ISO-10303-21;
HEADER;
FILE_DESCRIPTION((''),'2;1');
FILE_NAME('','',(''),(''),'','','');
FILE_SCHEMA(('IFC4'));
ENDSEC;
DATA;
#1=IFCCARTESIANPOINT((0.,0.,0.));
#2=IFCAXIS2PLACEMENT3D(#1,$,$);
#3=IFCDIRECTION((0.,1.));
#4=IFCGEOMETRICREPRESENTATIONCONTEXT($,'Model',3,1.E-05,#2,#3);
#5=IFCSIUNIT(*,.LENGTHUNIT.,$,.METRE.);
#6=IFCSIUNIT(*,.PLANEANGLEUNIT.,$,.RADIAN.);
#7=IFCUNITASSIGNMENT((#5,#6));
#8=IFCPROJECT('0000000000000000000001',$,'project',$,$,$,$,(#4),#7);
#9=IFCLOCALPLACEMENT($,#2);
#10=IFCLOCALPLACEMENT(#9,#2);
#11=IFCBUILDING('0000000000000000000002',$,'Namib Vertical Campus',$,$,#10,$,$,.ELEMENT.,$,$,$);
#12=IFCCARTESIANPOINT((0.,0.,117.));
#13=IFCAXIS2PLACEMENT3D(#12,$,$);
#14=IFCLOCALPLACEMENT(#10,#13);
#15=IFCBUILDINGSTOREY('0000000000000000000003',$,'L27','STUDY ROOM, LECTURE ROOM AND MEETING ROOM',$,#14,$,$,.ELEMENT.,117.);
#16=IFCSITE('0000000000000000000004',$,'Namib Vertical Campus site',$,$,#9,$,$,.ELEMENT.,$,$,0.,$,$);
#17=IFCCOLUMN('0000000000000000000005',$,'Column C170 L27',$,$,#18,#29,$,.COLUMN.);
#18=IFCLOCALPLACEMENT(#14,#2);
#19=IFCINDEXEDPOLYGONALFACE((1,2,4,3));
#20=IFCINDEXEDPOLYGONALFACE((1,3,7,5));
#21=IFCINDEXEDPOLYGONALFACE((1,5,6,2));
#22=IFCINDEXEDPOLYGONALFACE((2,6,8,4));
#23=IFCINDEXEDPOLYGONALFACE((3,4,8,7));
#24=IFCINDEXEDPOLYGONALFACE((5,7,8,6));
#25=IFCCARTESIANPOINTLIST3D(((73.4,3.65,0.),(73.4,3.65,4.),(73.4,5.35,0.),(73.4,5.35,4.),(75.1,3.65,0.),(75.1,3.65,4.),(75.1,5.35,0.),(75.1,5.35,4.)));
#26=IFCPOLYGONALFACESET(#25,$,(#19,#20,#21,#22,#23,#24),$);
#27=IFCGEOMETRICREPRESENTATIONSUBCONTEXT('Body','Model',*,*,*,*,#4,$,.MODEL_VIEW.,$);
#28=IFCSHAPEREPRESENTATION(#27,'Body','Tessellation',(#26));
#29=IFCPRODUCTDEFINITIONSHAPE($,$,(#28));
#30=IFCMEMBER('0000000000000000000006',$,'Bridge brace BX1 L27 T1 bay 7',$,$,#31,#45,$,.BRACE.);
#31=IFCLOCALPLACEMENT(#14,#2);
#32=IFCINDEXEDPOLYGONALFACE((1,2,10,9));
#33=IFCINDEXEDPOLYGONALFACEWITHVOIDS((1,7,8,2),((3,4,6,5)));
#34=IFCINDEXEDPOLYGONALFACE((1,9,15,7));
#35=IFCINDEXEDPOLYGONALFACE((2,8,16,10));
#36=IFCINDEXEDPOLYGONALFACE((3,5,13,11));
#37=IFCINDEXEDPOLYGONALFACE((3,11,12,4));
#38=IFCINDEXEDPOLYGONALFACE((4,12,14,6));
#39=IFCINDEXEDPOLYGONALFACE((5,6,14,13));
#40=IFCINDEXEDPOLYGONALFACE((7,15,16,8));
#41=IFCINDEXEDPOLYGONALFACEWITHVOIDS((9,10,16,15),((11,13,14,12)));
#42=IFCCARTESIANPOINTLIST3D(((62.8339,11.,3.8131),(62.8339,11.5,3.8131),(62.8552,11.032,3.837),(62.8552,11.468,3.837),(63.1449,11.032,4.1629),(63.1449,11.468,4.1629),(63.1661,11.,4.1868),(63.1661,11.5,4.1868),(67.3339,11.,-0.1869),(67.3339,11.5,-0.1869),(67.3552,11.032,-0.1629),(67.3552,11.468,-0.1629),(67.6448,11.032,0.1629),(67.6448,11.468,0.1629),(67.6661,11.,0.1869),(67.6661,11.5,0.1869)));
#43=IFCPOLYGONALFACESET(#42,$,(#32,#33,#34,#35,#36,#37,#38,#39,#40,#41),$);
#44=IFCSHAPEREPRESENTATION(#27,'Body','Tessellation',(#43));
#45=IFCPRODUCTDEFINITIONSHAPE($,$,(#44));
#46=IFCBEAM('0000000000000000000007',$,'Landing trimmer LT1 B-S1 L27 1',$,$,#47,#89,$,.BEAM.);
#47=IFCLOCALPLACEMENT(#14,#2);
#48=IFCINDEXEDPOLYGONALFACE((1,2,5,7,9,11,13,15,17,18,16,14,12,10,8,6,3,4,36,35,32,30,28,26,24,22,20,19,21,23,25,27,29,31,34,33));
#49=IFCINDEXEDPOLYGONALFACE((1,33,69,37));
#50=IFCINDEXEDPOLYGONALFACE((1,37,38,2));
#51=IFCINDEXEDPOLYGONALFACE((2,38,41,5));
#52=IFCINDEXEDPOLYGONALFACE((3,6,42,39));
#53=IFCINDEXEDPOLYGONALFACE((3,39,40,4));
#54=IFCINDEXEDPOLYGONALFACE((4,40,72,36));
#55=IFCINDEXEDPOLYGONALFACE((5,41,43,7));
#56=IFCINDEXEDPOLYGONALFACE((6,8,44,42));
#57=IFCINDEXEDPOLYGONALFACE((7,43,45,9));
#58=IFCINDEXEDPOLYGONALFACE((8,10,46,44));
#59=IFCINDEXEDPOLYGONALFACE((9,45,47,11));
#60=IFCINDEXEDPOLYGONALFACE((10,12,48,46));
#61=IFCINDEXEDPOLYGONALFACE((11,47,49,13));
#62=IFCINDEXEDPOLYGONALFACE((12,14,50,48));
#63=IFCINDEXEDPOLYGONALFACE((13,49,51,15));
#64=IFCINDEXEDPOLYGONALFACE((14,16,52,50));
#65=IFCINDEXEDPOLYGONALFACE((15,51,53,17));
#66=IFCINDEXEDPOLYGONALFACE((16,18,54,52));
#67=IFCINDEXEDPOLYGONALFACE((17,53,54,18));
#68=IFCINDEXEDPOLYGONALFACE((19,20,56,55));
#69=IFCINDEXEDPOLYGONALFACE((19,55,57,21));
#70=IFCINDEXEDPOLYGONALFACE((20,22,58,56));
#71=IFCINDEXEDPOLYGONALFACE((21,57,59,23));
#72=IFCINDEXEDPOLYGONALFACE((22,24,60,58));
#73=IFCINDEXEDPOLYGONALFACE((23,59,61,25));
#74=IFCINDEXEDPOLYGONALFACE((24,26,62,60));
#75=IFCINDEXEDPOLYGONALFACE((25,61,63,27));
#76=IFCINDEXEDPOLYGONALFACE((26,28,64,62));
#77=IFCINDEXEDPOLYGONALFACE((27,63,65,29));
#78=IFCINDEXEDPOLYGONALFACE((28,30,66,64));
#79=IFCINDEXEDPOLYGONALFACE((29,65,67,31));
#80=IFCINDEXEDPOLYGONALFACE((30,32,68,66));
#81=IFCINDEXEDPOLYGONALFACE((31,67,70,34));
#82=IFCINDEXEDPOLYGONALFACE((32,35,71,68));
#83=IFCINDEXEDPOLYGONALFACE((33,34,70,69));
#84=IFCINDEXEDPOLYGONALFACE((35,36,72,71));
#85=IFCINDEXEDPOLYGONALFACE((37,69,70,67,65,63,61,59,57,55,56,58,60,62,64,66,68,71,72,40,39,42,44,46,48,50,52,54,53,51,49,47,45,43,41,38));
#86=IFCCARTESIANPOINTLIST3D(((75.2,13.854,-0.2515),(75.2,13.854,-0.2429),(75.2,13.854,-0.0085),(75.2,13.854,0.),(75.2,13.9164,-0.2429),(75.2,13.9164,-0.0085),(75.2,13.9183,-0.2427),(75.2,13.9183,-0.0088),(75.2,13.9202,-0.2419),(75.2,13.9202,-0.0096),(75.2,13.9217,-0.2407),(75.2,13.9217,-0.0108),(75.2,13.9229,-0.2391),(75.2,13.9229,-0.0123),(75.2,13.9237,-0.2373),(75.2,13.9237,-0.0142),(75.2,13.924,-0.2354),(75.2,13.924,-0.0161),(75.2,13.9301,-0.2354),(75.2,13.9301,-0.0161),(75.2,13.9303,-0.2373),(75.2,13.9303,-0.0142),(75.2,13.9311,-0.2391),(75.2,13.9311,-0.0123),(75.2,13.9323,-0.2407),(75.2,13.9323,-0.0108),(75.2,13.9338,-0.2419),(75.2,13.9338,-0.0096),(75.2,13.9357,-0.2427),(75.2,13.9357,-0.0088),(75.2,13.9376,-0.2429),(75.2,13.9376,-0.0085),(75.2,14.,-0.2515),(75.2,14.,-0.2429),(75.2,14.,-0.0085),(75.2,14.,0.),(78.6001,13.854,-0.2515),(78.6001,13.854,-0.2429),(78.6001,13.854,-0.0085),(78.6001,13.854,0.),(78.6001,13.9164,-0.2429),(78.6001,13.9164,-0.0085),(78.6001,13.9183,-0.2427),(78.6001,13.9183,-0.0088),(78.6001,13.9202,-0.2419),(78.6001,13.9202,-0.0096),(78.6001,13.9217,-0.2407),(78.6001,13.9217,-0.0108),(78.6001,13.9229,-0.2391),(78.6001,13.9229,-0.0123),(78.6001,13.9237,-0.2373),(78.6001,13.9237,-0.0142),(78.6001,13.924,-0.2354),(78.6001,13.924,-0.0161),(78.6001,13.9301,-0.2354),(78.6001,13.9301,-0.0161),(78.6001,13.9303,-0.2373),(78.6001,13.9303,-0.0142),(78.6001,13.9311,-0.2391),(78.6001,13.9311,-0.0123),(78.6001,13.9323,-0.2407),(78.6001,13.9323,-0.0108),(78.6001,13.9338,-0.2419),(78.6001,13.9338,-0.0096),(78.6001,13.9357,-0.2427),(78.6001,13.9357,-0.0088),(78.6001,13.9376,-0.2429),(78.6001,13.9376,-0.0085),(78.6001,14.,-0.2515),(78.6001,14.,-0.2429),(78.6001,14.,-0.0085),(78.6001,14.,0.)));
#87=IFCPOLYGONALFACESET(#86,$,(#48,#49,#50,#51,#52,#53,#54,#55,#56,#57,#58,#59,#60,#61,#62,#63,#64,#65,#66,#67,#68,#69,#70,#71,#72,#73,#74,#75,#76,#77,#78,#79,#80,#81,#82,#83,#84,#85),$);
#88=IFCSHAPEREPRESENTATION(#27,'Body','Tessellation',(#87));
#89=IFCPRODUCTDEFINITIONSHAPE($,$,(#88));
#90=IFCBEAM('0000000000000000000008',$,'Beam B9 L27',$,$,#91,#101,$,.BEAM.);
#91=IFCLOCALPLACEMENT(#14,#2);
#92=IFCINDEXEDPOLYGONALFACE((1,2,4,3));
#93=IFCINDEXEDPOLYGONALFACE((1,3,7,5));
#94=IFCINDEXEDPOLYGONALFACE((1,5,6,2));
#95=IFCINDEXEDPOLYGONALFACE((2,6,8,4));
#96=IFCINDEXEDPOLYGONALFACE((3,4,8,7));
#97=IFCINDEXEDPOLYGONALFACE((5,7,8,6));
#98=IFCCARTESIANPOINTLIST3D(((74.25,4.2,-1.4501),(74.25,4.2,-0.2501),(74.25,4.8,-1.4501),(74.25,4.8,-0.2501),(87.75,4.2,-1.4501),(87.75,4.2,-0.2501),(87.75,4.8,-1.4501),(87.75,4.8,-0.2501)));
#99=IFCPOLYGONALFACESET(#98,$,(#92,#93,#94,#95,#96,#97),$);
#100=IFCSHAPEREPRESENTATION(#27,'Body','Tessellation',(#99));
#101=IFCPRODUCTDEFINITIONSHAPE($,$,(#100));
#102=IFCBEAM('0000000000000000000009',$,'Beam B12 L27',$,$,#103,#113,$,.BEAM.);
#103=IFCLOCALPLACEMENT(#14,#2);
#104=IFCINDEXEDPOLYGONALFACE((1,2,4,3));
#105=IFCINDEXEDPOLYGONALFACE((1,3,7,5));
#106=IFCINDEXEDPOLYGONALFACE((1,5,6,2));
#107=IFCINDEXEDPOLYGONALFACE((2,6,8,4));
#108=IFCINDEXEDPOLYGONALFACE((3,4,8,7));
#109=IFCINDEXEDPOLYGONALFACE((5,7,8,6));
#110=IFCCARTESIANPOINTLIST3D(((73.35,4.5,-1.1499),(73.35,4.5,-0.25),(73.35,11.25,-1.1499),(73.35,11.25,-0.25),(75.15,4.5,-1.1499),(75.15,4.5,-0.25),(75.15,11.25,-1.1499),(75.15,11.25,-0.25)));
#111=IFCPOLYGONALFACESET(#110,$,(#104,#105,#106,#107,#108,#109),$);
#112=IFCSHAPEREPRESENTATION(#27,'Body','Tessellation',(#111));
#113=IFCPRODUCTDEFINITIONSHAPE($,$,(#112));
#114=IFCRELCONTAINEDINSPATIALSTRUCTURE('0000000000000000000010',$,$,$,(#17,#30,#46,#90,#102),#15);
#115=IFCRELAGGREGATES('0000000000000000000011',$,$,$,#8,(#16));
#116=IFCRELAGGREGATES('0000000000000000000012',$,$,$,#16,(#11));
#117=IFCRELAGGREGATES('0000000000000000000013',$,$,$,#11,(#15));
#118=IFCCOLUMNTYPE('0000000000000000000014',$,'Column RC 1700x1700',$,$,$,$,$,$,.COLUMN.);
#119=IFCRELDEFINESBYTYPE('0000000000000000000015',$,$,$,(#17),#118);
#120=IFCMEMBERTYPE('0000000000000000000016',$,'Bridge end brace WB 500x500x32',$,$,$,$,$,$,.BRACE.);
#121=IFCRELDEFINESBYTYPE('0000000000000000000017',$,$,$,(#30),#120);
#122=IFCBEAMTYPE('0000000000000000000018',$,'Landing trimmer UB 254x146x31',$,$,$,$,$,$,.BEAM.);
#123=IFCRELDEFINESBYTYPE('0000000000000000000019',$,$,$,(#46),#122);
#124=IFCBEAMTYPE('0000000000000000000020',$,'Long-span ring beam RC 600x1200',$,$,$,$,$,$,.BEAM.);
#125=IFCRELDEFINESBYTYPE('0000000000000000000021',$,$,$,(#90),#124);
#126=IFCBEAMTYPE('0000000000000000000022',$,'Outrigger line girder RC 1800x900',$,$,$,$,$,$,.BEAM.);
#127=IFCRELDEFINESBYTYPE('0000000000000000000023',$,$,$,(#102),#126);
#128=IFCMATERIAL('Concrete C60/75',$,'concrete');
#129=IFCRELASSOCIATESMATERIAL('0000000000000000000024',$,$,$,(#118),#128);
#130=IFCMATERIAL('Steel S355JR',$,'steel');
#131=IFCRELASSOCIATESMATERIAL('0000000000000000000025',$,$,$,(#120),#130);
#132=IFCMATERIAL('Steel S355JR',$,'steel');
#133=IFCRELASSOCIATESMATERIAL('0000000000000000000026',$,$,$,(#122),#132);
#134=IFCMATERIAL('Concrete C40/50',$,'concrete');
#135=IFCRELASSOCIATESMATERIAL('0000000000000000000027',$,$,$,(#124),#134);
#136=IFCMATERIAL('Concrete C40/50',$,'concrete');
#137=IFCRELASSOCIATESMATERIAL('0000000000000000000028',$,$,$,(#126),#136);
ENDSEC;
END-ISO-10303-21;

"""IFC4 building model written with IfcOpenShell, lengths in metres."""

from ifc_helpers import new_model, si_unit, direction, frame, origin, origin_2d, place, context, subcontext, project, spatial, rectangle, hollow_rectangle, i_section, extrude, material, material_profile, profile_set, type_object, element, save


model = new_model("IFC4")

# Units and contexts
model_context = context("Model", 3, precision=1e-05, world=origin(), true_north=direction((0.0, 1.0)))
body_context = subcontext(model_context, "Body", "Model", "MODEL_VIEW")
ifc_project = project(units=[si_unit("LENGTHUNIT", "METRE"), si_unit("PLANEANGLEUNIT", "RADIAN")], contexts=[model_context])

# Site, building, storey
site_placement = place(None, origin())
site = spatial("IfcSite", under=ifc_project, at=site_placement, Name="Namib Vertical Campus site", CompositionType="ELEMENT", RefElevation=0.0)
building_placement = place(site_placement, origin())
building = spatial("IfcBuilding", under=site, at=building_placement, Name="Namib Vertical Campus", CompositionType="ELEMENT")
storey_placement = place(building_placement, frame((0.0, 0.0, 117.0)))
storey = spatial("IfcBuildingStorey", under=building, at=storey_placement, Name="L27", Description="STUDY ROOM, LECTURE ROOM AND MEETING ROOM", CompositionType="ELEMENT", Elevation=117.0)

# Column
ifc_material_1 = material(Name="Concrete C60/75", Category="concrete")
ifc_material_profile_1 = material_profile(ifc_material_1, rectangle(XDim=1.7, YDim=1.7, at=origin_2d()))
ifc_profile_set_1 = profile_set([ifc_material_profile_1], Name="Concrete C60/75")
column_type = type_object("IfcColumnType", Name="Column RC 1700x1700", PredefinedType="COLUMN", material=ifc_profile_set_1)
column_placement = place(storey_placement, frame((74.25, 4.5, 0.0), z_axis=(0.0, 0.0, 1.0), x_axis=(1.0, 0.0, 0.0)))
element("IfcColumn", 1, at=column_placement, inside=storey, type_object=column_type, Name="Column C170 L27", PredefinedType="COLUMN", context=body_context, shape_type="SweptSolid", body=[
    extrude(rectangle(XDim=1.7, YDim=1.7, at=origin_2d()), origin(), (0.0, 0.0, 1.0), 4.0),
])

# Member
ifc_material_2 = material(Name="Steel S355JR", Category="steel")
ifc_material_profile_2 = material_profile(ifc_material_2, hollow_rectangle(XDim=0.5, YDim=0.5, WallThickness=0.032, at=origin_2d()))
ifc_profile_set_2 = profile_set([ifc_material_profile_2], Name="Steel S355JR")
member_type = type_object("IfcMemberType", Name="Bridge end brace WB 500x500x32", PredefinedType="BRACE", material=ifc_profile_set_2)
member_placement = place(storey_placement, frame((67.5, 11.25, 0.0), z_axis=(-0.747409, 0.0, 0.664364), x_axis=(0.0, -1.0, 0.0)))
element("IfcMember", 2, at=member_placement, inside=storey, type_object=member_type, Name="Bridge brace BX1 L27 T1 bay 7", PredefinedType="BRACE", context=body_context, shape_type="SweptSolid", body=[
    extrude(hollow_rectangle(XDim=0.5, YDim=0.5, WallThickness=0.032, at=origin_2d()), origin(), (0.0, 0.0, 1.0), 6.0208),
])

# Beams
ifc_material_3 = material(Name="Steel S355JR", Category="steel")
ifc_material_profile_3 = material_profile(ifc_material_3, i_section(OverallWidth=0.146, OverallDepth=0.2515, WebThickness=0.0061, FlangeThickness=0.0085, FilletRadius=0.0076, at=origin_2d()))
ifc_profile_set_3 = profile_set([ifc_material_profile_3], Name="Steel S355JR")
beam_type_1 = type_object("IfcBeamType", Name="Landing trimmer UB 254x146x31", PredefinedType="BEAM", material=ifc_profile_set_3)
beam_1_placement = place(storey_placement, frame((75.2, 13.927, -0.1257), z_axis=(1.0, 0.0, 0.0), x_axis=(0.0, 1.0, 0.0)))
element("IfcBeam", 3, at=beam_1_placement, inside=storey, type_object=beam_type_1, Name="Landing trimmer LT1 B-S1 L27 1", PredefinedType="BEAM", context=body_context, shape_type="SweptSolid", body=[
    extrude(i_section(OverallWidth=0.146, OverallDepth=0.2515, WebThickness=0.0061, FlangeThickness=0.0085, FilletRadius=0.0076, at=origin_2d()), origin(), (0.0, 0.0, 1.0), 3.4001),
])
ifc_material_4 = material(Name="Concrete C40/50", Category="concrete")
ifc_material_profile_4 = material_profile(ifc_material_4, rectangle(XDim=0.6001, YDim=1.2, at=origin_2d()))
ifc_profile_set_4 = profile_set([ifc_material_profile_4], Name="Concrete C40/50")
beam_type_2 = type_object("IfcBeamType", Name="Long-span ring beam RC 600x1200", PredefinedType="BEAM", material=ifc_profile_set_4)
beam_2_placement = place(storey_placement, frame((74.25, 4.5, -0.8501), z_axis=(1.0, 0.0, 0.0), x_axis=(0.0, 1.0, 0.0)))
element("IfcBeam", 4, at=beam_2_placement, inside=storey, type_object=beam_type_2, Name="Beam B9 L27", PredefinedType="BEAM", context=body_context, shape_type="SweptSolid", body=[
    extrude(rectangle(XDim=0.6001, YDim=1.2, at=origin_2d()), origin(), (0.0, 0.0, 1.0), 13.5),
])
ifc_material_5 = material(Name="Concrete C40/50", Category="concrete")
ifc_material_profile_5 = material_profile(ifc_material_5, rectangle(XDim=1.8, YDim=0.8999, at=origin_2d()))
ifc_profile_set_5 = profile_set([ifc_material_profile_5], Name="Concrete C40/50")
beam_type_3 = type_object("IfcBeamType", Name="Outrigger line girder RC 1800x900", PredefinedType="BEAM", material=ifc_profile_set_5)
beam_3_placement = place(storey_placement, frame((74.25, 4.5, -0.7), z_axis=(0.0, 1.0, 0.0), x_axis=(-1.0, 0.0, 0.0)))
element("IfcBeam", 5, at=beam_3_placement, inside=storey, type_object=beam_type_3, Name="Beam B12 L27", PredefinedType="BEAM", context=body_context, shape_type="SweptSolid", body=[
    extrude(rectangle(XDim=1.8, YDim=0.8999, at=origin_2d()), origin(), (0.0, 0.0, 1.0), 6.75),
])

save(model, "model.ifc")
